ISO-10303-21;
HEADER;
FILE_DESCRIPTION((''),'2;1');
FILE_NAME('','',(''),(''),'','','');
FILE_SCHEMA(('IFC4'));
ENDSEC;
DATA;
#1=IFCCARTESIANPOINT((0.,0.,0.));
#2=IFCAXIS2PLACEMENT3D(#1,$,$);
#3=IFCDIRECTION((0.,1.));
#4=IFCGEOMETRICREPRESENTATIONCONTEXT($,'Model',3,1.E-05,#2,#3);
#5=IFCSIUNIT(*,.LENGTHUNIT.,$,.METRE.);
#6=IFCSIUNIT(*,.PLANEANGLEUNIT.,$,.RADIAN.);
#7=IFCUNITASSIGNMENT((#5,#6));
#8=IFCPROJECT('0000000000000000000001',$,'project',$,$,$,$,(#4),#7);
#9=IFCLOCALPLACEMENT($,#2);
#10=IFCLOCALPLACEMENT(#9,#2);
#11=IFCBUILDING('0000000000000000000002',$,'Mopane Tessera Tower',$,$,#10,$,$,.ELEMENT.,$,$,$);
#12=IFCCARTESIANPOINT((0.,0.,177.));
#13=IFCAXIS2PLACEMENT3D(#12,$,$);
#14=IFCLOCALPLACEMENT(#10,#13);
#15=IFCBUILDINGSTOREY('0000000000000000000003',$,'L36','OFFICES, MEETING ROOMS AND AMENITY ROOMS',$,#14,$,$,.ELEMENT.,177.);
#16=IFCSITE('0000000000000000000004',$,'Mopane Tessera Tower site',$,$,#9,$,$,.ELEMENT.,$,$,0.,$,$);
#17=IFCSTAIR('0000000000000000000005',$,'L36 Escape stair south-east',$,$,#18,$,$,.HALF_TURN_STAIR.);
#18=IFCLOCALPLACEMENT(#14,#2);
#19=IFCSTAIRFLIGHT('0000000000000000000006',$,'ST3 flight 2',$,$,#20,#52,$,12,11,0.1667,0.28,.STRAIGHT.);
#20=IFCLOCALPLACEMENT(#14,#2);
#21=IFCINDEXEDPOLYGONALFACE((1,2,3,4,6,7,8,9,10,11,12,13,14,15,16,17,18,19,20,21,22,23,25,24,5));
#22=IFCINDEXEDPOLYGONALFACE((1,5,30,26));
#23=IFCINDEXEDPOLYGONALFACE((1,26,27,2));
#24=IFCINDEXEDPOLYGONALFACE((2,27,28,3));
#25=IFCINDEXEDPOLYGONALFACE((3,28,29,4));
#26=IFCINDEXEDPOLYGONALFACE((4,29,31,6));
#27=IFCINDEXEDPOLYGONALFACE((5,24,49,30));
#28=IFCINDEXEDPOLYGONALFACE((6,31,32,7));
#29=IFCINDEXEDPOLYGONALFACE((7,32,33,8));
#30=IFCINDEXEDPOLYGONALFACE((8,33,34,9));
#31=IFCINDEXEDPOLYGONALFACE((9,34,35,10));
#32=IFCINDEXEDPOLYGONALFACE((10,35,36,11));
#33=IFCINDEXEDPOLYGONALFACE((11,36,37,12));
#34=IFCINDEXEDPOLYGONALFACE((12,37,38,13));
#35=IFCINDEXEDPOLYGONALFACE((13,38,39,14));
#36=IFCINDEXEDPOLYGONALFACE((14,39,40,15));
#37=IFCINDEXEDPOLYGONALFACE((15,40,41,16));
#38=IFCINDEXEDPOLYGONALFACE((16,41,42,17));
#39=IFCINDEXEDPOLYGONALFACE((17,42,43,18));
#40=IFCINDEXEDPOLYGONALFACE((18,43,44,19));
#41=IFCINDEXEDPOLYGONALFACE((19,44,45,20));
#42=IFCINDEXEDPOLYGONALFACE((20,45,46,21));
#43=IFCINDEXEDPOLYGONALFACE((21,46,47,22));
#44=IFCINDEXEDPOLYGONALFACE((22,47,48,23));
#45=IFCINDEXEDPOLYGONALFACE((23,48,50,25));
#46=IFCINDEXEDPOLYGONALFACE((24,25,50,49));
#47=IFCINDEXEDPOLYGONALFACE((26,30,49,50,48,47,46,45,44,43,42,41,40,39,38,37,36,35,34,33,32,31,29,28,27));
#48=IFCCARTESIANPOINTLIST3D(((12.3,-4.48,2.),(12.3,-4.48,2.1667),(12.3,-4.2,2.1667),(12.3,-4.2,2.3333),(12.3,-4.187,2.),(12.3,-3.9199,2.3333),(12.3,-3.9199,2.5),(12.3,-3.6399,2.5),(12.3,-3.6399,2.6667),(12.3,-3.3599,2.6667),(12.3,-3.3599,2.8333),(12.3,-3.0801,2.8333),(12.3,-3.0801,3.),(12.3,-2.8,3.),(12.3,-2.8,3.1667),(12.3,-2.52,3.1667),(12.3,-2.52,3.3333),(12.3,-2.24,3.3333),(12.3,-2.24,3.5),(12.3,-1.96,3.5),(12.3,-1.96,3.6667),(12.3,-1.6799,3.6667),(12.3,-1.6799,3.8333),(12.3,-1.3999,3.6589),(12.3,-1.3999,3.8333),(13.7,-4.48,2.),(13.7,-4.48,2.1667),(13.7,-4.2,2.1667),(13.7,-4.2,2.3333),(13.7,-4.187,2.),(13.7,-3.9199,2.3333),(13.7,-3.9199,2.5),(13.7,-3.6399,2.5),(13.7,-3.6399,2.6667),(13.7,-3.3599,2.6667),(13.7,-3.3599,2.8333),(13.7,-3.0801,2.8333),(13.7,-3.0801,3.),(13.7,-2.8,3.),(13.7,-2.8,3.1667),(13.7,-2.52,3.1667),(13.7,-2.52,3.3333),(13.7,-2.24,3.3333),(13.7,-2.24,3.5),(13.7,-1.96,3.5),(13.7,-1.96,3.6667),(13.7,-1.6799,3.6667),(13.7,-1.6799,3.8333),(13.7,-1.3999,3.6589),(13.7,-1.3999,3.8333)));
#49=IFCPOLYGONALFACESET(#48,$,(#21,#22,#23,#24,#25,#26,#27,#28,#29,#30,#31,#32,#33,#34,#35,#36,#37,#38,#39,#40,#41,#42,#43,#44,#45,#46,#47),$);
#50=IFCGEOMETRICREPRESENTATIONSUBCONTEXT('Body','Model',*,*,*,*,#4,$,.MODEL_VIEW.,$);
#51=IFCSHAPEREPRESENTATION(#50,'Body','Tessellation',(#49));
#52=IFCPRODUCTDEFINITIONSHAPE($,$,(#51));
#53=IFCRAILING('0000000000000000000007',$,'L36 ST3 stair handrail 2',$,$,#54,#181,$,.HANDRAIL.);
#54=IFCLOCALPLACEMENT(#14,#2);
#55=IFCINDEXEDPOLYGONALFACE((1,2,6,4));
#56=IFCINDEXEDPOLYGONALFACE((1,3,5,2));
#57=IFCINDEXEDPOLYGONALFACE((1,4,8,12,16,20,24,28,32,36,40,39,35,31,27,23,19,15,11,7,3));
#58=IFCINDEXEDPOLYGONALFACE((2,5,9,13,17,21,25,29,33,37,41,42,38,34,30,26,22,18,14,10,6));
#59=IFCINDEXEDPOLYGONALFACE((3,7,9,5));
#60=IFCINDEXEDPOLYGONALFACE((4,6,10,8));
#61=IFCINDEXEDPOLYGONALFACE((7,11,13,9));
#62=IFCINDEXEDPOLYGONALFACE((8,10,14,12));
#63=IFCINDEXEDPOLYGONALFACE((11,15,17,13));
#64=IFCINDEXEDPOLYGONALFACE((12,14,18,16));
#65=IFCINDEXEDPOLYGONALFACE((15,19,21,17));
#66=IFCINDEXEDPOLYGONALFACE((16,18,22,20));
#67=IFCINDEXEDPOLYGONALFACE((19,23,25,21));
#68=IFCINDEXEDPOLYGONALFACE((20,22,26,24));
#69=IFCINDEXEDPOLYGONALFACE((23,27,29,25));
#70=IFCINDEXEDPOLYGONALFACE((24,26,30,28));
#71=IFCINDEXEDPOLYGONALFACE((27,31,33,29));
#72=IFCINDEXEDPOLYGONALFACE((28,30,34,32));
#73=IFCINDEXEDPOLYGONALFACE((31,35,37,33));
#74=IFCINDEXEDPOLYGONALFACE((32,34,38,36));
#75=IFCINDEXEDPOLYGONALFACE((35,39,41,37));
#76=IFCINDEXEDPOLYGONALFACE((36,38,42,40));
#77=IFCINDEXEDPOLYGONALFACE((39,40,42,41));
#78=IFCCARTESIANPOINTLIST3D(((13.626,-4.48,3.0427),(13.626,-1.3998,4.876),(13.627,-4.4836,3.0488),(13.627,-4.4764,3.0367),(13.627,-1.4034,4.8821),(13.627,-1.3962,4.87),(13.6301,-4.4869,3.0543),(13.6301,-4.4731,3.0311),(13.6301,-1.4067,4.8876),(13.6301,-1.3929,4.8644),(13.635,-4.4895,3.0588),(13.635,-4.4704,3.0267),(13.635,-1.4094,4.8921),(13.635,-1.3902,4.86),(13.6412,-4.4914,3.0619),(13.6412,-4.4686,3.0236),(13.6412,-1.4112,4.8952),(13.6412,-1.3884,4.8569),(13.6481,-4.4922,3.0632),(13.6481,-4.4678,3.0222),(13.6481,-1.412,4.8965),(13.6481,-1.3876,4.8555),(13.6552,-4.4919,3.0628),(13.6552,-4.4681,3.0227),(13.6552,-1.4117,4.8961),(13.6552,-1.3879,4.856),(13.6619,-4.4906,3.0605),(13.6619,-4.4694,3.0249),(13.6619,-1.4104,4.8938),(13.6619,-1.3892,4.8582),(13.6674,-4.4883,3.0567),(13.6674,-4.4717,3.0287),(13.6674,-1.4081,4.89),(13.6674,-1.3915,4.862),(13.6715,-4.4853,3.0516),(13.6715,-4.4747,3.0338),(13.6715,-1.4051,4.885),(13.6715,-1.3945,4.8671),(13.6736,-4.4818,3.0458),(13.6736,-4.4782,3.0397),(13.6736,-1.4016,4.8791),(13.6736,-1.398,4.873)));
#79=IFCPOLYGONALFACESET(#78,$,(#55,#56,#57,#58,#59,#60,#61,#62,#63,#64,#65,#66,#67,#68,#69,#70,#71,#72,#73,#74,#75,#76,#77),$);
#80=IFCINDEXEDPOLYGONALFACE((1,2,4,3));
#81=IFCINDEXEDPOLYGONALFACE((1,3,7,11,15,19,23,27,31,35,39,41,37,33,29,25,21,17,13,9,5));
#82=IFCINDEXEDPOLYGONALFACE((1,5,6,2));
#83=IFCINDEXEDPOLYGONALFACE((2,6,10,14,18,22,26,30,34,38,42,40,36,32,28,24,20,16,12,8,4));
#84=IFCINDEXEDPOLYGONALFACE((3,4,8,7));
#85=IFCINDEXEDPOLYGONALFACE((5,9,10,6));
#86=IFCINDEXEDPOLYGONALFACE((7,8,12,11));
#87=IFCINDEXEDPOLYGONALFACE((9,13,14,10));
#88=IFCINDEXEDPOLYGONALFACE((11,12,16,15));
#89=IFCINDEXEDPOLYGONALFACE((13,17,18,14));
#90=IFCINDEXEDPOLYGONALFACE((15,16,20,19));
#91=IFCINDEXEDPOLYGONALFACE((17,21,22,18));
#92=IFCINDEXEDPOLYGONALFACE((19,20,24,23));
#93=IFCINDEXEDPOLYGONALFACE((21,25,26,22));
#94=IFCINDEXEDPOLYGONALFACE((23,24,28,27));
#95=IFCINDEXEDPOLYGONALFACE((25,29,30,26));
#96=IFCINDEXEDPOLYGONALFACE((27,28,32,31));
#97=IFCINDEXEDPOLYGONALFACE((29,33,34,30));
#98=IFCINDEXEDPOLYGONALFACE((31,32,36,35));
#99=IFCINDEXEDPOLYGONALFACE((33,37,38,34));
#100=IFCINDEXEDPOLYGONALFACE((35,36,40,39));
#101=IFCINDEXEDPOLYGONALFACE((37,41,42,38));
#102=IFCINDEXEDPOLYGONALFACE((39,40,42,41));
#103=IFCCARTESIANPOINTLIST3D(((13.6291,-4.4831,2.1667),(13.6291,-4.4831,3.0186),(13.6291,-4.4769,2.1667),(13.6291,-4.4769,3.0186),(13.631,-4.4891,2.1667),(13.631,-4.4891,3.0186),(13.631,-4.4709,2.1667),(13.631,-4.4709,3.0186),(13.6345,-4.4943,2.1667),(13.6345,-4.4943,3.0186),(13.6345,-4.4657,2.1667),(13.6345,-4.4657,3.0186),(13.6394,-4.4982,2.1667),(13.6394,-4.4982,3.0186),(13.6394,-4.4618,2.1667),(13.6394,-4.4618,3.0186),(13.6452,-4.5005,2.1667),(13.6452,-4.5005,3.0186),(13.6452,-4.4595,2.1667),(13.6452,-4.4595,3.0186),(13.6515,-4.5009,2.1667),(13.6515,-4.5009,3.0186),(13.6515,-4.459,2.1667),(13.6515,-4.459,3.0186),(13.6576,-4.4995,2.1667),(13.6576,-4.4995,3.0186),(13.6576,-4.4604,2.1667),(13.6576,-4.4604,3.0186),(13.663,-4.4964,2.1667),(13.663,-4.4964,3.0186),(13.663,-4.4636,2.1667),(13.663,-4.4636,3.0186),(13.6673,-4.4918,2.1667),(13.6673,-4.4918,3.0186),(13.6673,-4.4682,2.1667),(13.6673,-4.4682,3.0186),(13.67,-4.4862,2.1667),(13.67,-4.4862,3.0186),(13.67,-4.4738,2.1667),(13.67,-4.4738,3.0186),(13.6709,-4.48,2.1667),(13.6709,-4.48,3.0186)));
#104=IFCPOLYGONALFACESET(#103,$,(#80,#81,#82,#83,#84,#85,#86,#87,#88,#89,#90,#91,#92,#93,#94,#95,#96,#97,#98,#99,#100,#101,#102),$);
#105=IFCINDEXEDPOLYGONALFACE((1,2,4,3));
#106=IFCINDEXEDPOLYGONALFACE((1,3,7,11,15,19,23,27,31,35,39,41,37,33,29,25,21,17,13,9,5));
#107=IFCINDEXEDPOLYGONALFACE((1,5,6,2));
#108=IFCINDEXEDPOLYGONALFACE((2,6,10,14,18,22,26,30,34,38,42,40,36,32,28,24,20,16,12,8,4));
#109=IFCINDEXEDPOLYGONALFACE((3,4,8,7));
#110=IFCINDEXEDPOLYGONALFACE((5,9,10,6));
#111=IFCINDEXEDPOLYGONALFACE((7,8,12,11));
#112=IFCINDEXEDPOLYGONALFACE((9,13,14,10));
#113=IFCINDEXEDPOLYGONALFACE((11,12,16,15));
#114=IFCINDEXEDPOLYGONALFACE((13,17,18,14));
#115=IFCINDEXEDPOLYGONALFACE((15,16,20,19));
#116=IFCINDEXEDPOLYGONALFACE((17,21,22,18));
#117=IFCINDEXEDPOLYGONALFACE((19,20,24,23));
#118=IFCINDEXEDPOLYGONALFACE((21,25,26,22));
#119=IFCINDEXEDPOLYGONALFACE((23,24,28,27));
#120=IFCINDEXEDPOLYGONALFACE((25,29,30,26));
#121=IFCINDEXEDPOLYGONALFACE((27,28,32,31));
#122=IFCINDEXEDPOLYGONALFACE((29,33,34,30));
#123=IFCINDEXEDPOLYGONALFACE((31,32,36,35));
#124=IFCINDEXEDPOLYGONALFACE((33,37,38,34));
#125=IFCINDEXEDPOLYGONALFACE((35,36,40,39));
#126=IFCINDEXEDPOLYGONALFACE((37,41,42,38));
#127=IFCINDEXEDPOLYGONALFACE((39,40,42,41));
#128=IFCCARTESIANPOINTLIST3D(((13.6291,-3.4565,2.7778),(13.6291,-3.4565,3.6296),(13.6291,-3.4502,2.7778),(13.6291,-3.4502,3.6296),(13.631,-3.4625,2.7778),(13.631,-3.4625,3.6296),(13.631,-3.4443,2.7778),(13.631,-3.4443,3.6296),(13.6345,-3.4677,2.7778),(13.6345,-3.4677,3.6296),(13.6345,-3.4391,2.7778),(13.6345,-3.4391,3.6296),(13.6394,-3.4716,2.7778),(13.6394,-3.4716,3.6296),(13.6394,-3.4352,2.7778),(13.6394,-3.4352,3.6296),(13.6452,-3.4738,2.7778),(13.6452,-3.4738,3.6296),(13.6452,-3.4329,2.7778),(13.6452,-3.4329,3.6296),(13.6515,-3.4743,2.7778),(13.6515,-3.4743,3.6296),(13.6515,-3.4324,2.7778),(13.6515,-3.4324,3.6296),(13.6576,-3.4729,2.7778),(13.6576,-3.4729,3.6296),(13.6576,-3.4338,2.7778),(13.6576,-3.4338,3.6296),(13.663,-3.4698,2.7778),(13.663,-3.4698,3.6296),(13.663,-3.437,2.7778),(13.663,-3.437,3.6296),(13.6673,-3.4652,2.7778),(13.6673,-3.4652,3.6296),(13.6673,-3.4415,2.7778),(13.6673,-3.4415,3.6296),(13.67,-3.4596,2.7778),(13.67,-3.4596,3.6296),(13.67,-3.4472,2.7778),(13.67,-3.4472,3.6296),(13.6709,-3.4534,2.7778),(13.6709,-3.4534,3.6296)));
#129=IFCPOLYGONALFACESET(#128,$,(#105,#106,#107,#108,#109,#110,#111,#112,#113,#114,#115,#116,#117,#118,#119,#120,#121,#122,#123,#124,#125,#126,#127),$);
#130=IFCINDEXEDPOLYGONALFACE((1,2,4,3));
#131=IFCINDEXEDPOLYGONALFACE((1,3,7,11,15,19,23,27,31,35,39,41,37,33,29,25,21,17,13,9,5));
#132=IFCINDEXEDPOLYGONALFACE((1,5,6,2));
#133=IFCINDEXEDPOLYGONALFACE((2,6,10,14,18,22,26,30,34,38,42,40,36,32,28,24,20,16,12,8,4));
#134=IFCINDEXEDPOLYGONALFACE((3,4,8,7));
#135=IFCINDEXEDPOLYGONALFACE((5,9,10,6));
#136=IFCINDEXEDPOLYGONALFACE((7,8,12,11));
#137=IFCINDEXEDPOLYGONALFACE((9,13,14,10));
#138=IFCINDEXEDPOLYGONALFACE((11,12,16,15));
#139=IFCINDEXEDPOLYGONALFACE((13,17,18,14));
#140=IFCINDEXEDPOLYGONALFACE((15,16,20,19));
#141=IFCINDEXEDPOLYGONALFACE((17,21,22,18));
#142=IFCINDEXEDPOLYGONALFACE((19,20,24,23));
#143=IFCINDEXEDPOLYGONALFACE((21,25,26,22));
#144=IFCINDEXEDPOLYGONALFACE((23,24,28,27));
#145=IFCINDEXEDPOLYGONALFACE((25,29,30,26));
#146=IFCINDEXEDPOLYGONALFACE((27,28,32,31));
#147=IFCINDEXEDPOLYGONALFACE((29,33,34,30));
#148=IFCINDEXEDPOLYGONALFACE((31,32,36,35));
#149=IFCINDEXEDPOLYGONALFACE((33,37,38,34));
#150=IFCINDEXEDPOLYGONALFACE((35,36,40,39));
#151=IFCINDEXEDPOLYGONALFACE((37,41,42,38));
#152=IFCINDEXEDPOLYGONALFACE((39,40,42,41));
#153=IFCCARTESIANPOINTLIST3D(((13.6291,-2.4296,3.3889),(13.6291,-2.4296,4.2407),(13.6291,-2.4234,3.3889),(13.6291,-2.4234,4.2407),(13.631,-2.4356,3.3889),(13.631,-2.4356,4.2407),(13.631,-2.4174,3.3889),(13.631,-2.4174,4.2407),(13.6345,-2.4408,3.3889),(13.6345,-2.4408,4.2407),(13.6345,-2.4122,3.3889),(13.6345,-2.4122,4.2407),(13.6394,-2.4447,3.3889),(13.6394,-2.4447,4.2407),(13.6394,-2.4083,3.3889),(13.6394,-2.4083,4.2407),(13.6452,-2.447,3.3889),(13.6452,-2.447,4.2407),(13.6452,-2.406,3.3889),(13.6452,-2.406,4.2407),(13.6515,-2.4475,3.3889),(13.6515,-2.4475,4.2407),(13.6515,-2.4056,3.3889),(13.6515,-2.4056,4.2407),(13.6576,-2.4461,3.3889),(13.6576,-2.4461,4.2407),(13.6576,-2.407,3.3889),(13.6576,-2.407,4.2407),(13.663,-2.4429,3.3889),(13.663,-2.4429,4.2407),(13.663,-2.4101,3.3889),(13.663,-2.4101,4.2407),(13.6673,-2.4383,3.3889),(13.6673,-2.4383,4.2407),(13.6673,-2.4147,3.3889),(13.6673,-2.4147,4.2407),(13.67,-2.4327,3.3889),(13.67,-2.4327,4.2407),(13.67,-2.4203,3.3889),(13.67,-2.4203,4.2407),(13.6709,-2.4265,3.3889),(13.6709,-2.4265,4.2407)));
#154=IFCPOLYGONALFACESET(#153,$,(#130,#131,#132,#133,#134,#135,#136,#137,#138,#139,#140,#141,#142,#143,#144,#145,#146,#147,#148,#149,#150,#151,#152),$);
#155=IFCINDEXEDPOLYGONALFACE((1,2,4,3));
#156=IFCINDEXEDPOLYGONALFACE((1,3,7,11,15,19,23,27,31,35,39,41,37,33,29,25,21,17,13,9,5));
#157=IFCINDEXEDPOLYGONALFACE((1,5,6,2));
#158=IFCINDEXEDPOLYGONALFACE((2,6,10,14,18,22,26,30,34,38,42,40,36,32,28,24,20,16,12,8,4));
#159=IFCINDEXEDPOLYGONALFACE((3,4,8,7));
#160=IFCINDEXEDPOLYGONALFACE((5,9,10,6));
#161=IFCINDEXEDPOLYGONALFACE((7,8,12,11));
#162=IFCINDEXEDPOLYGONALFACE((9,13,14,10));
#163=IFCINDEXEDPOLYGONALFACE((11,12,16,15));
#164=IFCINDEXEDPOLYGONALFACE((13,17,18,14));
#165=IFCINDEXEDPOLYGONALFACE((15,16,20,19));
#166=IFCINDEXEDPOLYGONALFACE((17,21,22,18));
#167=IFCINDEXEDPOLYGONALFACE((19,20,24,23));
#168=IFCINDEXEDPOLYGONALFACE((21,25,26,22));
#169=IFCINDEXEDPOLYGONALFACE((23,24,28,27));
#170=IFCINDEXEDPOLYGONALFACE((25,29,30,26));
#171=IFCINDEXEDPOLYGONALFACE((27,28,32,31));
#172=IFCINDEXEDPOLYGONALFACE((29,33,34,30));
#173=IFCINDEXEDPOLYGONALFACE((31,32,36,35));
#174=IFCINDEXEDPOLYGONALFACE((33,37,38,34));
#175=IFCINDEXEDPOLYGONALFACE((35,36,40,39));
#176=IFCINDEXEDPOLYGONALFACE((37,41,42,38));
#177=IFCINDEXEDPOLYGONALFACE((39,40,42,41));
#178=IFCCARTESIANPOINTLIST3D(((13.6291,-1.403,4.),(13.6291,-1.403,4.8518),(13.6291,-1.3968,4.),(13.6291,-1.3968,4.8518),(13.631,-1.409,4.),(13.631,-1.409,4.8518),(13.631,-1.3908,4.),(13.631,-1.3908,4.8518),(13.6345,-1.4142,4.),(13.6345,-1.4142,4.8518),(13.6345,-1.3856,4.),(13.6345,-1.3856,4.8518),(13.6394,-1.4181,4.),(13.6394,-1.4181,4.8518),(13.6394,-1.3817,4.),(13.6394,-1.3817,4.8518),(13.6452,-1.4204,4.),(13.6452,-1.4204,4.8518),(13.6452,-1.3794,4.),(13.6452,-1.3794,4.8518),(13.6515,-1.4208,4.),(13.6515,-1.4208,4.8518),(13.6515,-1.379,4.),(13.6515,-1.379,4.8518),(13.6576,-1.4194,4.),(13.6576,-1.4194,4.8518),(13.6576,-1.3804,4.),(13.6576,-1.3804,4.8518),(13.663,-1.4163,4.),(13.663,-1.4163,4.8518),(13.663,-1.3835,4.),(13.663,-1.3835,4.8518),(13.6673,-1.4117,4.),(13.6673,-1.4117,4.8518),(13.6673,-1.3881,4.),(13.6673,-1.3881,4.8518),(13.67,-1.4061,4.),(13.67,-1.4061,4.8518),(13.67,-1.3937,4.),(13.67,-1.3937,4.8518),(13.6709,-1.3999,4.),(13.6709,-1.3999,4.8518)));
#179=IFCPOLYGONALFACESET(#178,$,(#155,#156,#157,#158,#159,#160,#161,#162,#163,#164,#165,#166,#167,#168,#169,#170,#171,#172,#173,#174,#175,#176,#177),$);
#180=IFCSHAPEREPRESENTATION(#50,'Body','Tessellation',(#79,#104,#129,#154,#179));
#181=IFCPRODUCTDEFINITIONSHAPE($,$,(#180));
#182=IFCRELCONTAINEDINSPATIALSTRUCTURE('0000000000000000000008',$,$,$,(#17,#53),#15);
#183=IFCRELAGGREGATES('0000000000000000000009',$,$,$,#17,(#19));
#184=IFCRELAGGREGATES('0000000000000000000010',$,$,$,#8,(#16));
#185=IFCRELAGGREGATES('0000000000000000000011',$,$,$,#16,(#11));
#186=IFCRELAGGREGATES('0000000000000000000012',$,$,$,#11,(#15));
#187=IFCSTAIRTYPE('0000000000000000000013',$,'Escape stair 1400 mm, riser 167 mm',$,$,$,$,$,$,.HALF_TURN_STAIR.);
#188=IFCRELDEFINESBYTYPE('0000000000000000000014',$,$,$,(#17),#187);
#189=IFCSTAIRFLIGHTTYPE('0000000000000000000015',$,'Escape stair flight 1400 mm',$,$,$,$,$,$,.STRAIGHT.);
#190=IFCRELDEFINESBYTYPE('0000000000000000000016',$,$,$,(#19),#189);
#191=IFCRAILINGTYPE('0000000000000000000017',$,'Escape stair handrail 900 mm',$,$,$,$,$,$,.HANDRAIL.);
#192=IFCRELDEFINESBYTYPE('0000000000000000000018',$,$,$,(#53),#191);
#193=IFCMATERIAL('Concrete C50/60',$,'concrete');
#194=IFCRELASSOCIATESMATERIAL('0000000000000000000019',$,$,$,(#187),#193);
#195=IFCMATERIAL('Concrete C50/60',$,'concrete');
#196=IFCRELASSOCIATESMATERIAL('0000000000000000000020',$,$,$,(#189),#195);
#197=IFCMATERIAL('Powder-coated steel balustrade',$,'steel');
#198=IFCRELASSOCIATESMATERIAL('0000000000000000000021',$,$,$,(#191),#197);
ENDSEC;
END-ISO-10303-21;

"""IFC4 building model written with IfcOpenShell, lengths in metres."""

from ifc_helpers import new_model, si_unit, direction, frame, origin, origin_2d, place, context, subcontext, project, spatial, polyline, circle, outline, extrude, material, type_object, element, aggregate, save


model = new_model("IFC4")

# Units and contexts
model_context = context("Model", 3, precision=1e-05, world=origin(), true_north=direction((0.0, 1.0)))
body_context = subcontext(model_context, "Body", "Model", "MODEL_VIEW")
ifc_project = project(units=[si_unit("LENGTHUNIT", "METRE"), si_unit("PLANEANGLEUNIT", "RADIAN")], contexts=[model_context])

# Site, building, storey
site_placement = place(None, origin())
site = spatial("IfcSite", under=ifc_project, at=site_placement, Name="Mopane Tessera Tower site", CompositionType="ELEMENT", RefElevation=0.0)
building_placement = place(site_placement, origin())
building = spatial("IfcBuilding", under=site, at=building_placement, Name="Mopane Tessera Tower", CompositionType="ELEMENT")
storey_placement = place(building_placement, frame((0.0, 0.0, 177.0)))
storey = spatial("IfcBuildingStorey", under=building, at=storey_placement, Name="L36", Description="OFFICES, MEETING ROOMS AND AMENITY ROOMS", CompositionType="ELEMENT", Elevation=177.0)

# Stair, stair flight
ifc_material_1 = material(Name="Concrete C50/60", Category="concrete")
stair_type = type_object("IfcStairType", Name="Escape stair 1400 mm, riser 167 mm", PredefinedType="HALF_TURN_STAIR", material=ifc_material_1)
stair_placement = place(storey_placement, origin())
stair = element("IfcStair", 1, at=stair_placement, inside=storey, type_object=stair_type, Name="L36 Escape stair south-east", PredefinedType="HALF_TURN_STAIR")
ifc_material_2 = material(Name="Concrete C50/60", Category="concrete")
stair_flight_type = type_object("IfcStairFlightType", Name="Escape stair flight 1400 mm", PredefinedType="STRAIGHT", material=ifc_material_2)
stair_flight_placement = place(storey_placement, frame((13.0, -4.48, 2.0), z_axis=(0.0, 0.0, 1.0), x_axis=(0.0, 1.0, 0.0)))
stair_flight = element("IfcStairFlight", 2, at=stair_flight_placement, type_object=stair_flight_type, Name="ST3 flight 2", NumberOfRisers=12, NumberOfTreads=11, PredefinedType="STRAIGHT", RiserHeight=0.1667, TreadLength=0.28, context=body_context, shape_type="SweptSolid", body=[
    extrude(outline(polyline([(0.0, 0.0), (0.0, 0.1667), (0.28, 0.1667), (0.28, 0.3333), (0.5601, 0.3333), (0.5601, 0.5), (0.8401, 0.5), (0.8401, 0.6667), (1.1201, 0.6667), (1.1201, 0.8333), (1.3999, 0.8333), (1.3999, 1.0), (1.6799, 1.0), (1.6799, 1.1667), (1.96, 1.1667), (1.96, 1.3333), (2.24, 1.3333), (2.24, 1.5), (2.52, 1.5), (2.52, 1.6667), (2.8, 1.6667), (2.8, 1.8333), (3.0801, 1.8333), (3.0801, 2.0), (3.0801, 1.6589), (0.293, 0.0), (0.0, 0.0)])), frame((0.0, 0.7, 0.0), z_axis=(0.0, -1.0, 0.0), x_axis=(1.0, 0.0, 0.0)), (0.0, 0.0, 1.0), 1.3999),
])
aggregate(stair, [stair_flight])

# Railing
ifc_material_3 = material(Name="Powder-coated steel balustrade", Category="steel")
railing_type = type_object("IfcRailingType", Name="Escape stair handrail 900 mm", PredefinedType="HANDRAIL", material=ifc_material_3)
railing_placement = place(storey_placement, frame((13.6499, -4.48, 2.1667)))
element("IfcRailing", 3, at=railing_placement, inside=storey, type_object=railing_type, Name="L36 ST3 stair handrail 2", PredefinedType="HANDRAIL", context=body_context, shape_type="SweptSolid", body=[
    extrude(circle(Radius=0.0239, at=origin_2d()), frame((0.0, 0.0, 0.876), z_axis=(0.0, 0.859309, 0.511458), x_axis=(-1.0, 0.0, 0.0)), (0.0, 0.0, 1.0), 3.5845),
    extrude(circle(Radius=0.021, at=origin_2d()), origin(), (0.0, 0.0, 1.0), 0.8518),
    extrude(circle(Radius=0.021, at=origin_2d()), frame((0.0, 1.0266, 0.6111)), (0.0, 0.0, 1.0), 0.8518),
    extrude(circle(Radius=0.021, at=origin_2d()), frame((0.0, 2.0535, 1.2222)), (0.0, 0.0, 1.0), 0.8518),
    extrude(circle(Radius=0.021, at=origin_2d()), frame((0.0, 3.0801, 1.8333)), (0.0, 0.0, 1.0), 0.8518),
])

save(model, "model.ifc")
